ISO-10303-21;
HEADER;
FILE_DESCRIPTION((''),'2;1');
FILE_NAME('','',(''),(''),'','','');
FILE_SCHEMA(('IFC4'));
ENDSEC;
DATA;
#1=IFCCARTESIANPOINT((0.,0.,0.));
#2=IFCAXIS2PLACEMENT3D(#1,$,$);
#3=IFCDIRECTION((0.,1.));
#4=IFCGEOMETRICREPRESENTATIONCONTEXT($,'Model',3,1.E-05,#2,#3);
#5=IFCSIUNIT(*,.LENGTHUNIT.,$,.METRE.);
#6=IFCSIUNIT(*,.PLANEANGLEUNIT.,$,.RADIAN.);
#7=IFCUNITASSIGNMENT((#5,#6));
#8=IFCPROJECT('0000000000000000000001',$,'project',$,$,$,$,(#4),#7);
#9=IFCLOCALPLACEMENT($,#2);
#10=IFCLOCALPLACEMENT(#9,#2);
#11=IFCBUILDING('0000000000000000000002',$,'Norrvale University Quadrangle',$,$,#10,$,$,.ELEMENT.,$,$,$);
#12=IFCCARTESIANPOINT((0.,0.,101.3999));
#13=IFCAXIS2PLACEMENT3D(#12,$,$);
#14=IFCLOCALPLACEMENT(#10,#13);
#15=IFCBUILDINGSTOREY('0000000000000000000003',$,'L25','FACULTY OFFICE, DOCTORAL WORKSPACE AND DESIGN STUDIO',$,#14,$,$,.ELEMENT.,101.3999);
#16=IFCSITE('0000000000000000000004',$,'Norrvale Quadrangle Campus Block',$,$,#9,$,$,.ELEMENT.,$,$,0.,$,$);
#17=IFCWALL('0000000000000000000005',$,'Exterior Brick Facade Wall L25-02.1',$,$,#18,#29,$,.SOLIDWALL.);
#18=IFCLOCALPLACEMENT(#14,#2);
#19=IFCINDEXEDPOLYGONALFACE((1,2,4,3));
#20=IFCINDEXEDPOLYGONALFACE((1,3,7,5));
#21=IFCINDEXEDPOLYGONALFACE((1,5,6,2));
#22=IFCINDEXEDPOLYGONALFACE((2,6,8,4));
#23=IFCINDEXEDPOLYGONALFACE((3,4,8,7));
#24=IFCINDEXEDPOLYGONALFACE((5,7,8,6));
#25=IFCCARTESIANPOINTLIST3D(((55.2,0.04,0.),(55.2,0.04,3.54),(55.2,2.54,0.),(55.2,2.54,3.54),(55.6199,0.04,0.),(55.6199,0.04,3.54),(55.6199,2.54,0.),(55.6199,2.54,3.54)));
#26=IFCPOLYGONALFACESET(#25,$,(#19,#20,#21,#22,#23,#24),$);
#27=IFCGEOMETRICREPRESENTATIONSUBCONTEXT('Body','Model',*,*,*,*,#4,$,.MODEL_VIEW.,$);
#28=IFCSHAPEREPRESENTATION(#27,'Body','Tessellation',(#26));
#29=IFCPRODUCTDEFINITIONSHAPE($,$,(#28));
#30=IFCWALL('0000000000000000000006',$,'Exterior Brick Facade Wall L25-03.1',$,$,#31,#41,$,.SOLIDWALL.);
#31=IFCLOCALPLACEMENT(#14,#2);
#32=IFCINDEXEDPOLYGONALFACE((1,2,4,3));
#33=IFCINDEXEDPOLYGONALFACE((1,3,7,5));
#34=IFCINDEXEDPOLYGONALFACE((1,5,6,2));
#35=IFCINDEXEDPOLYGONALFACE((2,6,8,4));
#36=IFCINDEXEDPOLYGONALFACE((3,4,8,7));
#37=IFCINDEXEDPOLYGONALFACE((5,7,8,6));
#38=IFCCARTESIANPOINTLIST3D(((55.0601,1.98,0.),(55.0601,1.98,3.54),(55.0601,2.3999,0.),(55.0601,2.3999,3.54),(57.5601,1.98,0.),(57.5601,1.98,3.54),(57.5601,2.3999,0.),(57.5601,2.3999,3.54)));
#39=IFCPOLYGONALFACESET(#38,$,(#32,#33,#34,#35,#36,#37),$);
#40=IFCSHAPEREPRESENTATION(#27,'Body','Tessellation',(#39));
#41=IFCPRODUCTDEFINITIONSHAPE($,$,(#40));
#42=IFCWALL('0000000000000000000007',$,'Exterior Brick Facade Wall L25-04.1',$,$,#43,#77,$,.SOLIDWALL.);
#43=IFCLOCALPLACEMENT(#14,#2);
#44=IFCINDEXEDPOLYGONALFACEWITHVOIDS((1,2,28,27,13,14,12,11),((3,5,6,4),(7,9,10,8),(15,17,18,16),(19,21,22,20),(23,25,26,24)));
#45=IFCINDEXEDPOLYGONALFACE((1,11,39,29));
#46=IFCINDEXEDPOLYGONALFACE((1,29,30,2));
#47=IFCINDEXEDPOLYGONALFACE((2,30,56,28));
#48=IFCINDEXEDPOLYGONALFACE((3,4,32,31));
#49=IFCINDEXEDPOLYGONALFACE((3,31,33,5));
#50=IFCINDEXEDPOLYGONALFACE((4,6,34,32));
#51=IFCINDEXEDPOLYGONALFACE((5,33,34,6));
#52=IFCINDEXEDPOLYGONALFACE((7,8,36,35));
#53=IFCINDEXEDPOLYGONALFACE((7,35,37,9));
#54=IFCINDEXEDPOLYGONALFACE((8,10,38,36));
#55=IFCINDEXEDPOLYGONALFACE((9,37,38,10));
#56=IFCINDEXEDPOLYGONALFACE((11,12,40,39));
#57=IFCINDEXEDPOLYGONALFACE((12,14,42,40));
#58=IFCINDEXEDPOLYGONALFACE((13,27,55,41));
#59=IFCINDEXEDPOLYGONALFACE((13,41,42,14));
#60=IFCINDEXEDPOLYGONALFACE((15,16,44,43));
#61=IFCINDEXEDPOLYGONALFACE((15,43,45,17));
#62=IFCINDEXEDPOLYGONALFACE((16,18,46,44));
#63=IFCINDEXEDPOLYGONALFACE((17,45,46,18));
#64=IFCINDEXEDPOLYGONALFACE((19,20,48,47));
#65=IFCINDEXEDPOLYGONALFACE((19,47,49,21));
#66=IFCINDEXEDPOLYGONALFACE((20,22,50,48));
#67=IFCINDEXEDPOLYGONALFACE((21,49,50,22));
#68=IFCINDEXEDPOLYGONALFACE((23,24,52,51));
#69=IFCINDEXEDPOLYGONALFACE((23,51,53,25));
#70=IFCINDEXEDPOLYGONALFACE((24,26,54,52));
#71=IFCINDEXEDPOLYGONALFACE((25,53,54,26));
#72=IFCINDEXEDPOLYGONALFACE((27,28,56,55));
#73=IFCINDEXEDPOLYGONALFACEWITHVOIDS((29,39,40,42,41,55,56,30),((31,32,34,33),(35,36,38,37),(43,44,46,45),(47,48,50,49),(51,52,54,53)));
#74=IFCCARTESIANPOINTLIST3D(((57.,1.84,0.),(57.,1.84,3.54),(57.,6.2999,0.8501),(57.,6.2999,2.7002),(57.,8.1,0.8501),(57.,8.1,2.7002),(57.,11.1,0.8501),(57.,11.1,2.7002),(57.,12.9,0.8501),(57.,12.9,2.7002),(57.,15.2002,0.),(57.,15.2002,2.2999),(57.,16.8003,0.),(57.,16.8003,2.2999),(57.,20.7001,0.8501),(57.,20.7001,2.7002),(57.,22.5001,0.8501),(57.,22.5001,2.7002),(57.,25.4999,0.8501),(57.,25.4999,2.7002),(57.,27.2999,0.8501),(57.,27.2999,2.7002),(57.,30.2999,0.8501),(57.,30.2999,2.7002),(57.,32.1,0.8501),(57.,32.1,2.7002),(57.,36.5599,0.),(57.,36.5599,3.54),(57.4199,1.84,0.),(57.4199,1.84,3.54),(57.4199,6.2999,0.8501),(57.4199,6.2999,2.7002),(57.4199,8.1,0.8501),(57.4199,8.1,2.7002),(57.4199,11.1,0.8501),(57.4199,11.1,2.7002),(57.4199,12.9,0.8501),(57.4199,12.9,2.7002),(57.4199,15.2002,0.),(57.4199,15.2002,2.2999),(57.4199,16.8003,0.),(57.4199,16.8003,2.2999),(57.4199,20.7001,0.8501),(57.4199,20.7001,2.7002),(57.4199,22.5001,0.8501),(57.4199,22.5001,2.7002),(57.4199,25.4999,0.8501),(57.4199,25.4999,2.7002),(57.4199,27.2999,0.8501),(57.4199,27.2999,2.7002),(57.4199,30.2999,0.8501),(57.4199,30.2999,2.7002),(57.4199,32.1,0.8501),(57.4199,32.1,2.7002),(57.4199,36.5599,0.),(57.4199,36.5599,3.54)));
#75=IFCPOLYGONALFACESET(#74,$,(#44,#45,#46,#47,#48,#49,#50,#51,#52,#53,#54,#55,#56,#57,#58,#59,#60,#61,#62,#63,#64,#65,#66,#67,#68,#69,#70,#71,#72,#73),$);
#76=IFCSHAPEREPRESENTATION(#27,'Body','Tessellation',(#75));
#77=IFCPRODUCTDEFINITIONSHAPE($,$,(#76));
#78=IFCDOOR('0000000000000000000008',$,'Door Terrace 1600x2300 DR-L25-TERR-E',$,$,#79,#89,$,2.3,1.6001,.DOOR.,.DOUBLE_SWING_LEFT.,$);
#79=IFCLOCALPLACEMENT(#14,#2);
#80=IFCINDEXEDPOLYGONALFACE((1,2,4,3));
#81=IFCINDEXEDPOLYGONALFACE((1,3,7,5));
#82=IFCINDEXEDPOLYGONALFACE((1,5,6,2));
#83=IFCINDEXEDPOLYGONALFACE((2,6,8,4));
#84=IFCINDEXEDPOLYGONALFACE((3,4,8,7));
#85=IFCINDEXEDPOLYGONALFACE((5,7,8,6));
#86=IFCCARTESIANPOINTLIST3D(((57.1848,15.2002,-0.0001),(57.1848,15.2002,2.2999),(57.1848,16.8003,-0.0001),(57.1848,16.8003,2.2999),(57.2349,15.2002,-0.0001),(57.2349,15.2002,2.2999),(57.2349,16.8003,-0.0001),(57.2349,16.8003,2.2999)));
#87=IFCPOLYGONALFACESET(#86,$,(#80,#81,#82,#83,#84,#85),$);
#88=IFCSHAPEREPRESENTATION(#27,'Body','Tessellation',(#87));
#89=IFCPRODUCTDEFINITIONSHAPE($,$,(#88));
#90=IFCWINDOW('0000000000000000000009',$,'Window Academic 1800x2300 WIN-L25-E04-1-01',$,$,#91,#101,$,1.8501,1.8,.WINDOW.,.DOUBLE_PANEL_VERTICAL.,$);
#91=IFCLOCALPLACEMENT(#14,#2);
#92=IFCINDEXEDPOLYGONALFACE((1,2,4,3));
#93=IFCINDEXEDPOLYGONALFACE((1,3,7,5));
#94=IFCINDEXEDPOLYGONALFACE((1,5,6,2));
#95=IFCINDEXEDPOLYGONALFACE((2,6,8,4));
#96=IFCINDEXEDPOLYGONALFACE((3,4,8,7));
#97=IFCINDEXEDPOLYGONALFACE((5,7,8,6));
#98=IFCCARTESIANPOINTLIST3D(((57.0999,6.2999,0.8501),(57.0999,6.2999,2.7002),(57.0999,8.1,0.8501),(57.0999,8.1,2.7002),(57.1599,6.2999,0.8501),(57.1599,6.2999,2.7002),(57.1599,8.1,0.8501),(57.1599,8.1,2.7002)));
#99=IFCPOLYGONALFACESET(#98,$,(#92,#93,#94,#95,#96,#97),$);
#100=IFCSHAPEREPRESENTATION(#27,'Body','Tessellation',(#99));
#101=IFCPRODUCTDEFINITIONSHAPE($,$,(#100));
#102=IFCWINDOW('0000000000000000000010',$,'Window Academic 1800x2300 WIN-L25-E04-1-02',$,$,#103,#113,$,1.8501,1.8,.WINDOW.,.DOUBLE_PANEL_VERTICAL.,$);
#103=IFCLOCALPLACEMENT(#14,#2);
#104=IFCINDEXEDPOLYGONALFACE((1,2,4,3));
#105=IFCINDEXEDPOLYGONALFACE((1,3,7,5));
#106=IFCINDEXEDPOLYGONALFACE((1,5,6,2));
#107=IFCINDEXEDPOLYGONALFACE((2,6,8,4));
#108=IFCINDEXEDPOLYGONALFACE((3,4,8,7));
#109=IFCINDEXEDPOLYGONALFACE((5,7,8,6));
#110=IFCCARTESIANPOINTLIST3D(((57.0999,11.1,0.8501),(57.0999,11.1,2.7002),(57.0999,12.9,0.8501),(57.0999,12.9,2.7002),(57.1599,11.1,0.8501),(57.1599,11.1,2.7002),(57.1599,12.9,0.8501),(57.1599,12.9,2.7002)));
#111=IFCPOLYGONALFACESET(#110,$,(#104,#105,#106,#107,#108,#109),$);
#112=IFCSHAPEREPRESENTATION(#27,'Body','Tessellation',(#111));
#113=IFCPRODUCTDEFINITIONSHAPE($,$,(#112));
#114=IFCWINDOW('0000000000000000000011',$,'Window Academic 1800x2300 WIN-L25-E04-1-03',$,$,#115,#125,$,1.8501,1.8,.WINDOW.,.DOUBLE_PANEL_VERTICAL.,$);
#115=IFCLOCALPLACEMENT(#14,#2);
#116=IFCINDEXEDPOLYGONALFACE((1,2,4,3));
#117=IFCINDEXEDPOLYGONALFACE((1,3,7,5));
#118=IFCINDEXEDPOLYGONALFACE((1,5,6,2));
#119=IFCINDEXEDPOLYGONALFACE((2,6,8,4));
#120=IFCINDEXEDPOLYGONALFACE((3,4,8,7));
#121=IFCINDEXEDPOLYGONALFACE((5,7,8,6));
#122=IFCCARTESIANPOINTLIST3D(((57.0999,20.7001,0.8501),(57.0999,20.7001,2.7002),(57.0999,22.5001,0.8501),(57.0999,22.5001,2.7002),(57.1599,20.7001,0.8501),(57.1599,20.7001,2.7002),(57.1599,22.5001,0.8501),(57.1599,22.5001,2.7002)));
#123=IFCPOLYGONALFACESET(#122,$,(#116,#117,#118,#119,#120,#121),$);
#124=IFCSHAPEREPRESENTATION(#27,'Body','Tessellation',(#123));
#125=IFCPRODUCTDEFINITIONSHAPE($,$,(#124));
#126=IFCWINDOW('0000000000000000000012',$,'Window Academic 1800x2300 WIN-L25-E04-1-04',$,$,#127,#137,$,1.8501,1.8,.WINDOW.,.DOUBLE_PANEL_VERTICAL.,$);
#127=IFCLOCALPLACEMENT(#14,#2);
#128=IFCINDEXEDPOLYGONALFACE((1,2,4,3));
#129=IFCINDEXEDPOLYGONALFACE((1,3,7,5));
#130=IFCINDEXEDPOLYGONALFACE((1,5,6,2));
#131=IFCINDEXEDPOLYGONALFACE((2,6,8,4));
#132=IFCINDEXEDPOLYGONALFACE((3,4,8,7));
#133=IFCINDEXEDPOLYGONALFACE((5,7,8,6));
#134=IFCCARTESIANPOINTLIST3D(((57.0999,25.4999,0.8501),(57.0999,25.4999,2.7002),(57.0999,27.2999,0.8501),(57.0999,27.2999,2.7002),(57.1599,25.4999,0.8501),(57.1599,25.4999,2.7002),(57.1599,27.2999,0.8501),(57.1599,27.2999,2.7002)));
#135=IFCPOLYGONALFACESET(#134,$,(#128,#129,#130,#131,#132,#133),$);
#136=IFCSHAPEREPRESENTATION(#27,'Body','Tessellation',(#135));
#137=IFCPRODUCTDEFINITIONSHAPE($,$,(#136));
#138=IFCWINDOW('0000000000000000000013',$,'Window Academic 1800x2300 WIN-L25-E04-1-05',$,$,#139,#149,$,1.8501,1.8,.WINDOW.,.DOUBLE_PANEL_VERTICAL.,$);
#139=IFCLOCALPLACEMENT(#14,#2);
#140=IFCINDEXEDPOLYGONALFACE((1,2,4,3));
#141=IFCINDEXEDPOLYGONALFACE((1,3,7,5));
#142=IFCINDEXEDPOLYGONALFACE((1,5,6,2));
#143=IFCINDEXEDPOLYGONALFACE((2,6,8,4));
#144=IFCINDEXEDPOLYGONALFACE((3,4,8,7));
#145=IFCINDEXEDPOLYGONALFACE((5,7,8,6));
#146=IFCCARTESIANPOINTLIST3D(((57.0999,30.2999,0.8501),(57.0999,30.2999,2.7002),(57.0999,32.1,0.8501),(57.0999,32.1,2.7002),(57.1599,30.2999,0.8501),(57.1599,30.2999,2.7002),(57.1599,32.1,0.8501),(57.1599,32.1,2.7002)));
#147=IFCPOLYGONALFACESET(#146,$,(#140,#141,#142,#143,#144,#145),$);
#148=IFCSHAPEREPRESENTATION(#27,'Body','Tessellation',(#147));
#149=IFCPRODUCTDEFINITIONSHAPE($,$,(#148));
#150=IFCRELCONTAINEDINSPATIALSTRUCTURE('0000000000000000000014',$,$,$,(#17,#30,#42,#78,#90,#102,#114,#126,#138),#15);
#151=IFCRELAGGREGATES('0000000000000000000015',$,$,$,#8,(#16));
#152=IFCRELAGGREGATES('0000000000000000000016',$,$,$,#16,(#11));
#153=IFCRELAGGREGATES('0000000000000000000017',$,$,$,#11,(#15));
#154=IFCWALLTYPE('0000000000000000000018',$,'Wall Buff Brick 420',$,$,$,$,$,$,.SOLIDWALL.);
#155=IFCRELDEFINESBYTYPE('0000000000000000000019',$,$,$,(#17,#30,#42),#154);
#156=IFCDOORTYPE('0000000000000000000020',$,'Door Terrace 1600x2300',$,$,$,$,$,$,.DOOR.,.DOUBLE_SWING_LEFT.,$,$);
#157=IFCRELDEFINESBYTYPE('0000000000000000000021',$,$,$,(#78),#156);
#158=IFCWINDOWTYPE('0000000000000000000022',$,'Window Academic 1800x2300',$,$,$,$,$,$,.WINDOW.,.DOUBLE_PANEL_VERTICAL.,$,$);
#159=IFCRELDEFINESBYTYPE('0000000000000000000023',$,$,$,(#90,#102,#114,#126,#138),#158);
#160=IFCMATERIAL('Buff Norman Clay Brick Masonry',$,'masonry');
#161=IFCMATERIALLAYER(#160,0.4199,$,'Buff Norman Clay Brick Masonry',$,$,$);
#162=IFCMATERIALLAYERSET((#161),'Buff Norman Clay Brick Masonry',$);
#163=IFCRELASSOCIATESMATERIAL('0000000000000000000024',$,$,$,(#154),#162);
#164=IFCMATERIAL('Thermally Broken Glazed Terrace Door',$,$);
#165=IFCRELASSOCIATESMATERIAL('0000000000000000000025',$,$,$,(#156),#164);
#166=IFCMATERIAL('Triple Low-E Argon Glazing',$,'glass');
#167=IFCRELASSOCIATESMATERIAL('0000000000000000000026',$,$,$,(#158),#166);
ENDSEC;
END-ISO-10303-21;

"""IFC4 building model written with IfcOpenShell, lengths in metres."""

from ifc_helpers import new_model, si_unit, direction, frame, frame_2d, origin, place, context, subcontext, project, spatial, rectangle, extrude, material, layer, layer_set, type_object, element, fill, save


model = new_model("IFC4")

# Units and contexts
model_context = context("Model", 3, precision=1e-05, world=origin(), true_north=direction((0.0, 1.0)))
body_context = subcontext(model_context, "Body", "Model", "MODEL_VIEW")
ifc_project = project(units=[si_unit("LENGTHUNIT", "METRE"), si_unit("PLANEANGLEUNIT", "RADIAN")], contexts=[model_context])

# Site, building, storey
site_placement = place(None, origin())
site = spatial("IfcSite", under=ifc_project, at=site_placement, Name="Norrvale Quadrangle Campus Block", CompositionType="ELEMENT", RefElevation=0.0)
building_placement = place(site_placement, origin())
building = spatial("IfcBuilding", under=site, at=building_placement, Name="Norrvale University Quadrangle", CompositionType="ELEMENT")
storey_placement = place(building_placement, frame((0.0, 0.0, 101.3999)))
storey = spatial("IfcBuildingStorey", under=building, at=storey_placement, Name="L25", Description="FACULTY OFFICE, DOCTORAL WORKSPACE AND DESIGN STUDIO", CompositionType="ELEMENT", Elevation=101.3999)

# Walls
ifc_material_1 = material(Name="Buff Norman Clay Brick Masonry", Category="masonry")
ifc_layer_1 = layer(ifc_material_1, 0.4199, Name="Buff Norman Clay Brick Masonry")
ifc_layer_set_1 = layer_set([ifc_layer_1], Name="Buff Norman Clay Brick Masonry")
wall_type_1 = type_object("IfcWallType", Name="Wall Buff Brick 420", PredefinedType="SOLIDWALL", material=ifc_layer_set_1)
for number, where, z_axis, x_axis, name in (
    (1, (55.4099, 0.04, 0.0), (0.0, 0.0, 1.0), (0.0, 1.0, 0.0), "Exterior Brick Facade Wall L25-02.1"),
    (2, (55.0601, 2.1899, 0.0), (0.0, 0.0, 1.0), (1.0, 0.0, 0.0), "Exterior Brick Facade Wall L25-03.1"),
):
    element("IfcWall", number, at=place(storey_placement, frame(where, z_axis=z_axis, x_axis=x_axis)), inside=storey, type_object=wall_type_1, Name=name, PredefinedType="SOLIDWALL", context=body_context, shape_type="SweptSolid", body=[
        extrude(rectangle(XDim=2.5, YDim=0.4199, at=frame_2d((1.25, 0.0))), origin(), (0.0, 0.0, 1.0), 3.54),
    ])

# Wall, openings, door, windows
wall_1_placement = place(storey_placement, frame((57.21, 1.8401, 0.0), z_axis=(0.0, 0.0, 1.0), x_axis=(0.0, 1.0, 0.0)))
wall_1 = element("IfcWall", 3, at=wall_1_placement, inside=storey, type_object=wall_type_1, Name="Exterior Brick Facade Wall L25-04.1", PredefinedType="SOLIDWALL", context=body_context, shape_type="SweptSolid", body=[
    extrude(rectangle(XDim=34.72, YDim=0.4199, at=frame_2d((17.3599, 0.0))), origin(), (0.0, 0.0, 1.0), 3.54),
])
opening_1_placement = place(wall_1_placement, frame((13.3601, 0.0, 0.0)))
opening_1 = element("IfcOpeningElement", 4, at=opening_1_placement, cuts=wall_1, PredefinedType="OPENING", context=body_context, shape_type="SweptSolid", body=[
    extrude(rectangle(XDim=1.6001, YDim=2.3, at=frame_2d((0.8, 1.1499))), frame((0.0, 0.2219, 0.0), z_axis=(0.0, -1.0, 0.0), x_axis=(1.0, 0.0, 0.0)), (0.0, 0.0, 1.0), 0.4438),
])
opening_2_placement = place(wall_1_placement, frame((4.46, 0.0, 0.8501)))
opening_2 = element("IfcOpeningElement", 5, at=opening_2_placement, cuts=wall_1, PredefinedType="OPENING", context=body_context, shape_type="SweptSolid", body=[
    extrude(rectangle(XDim=1.8, YDim=1.8501, at=frame_2d((0.8999, 0.925))), frame((0.0, 0.2219, 0.0), z_axis=(0.0, -1.0, 0.0), x_axis=(1.0, 0.0, 0.0)), (0.0, 0.0, 1.0), 0.4438),
])
opening_3_placement = place(wall_1_placement, frame((9.26, 0.0, 0.8501)))
opening_3 = element("IfcOpeningElement", 6, at=opening_3_placement, cuts=wall_1, PredefinedType="OPENING", context=body_context, shape_type="SweptSolid", body=[
    extrude(rectangle(XDim=1.8, YDim=1.8501, at=frame_2d((0.8999, 0.925))), frame((0.0, 0.2219, 0.0), z_axis=(0.0, -1.0, 0.0), x_axis=(1.0, 0.0, 0.0)), (0.0, 0.0, 1.0), 0.4438),
])
opening_4_placement = place(wall_1_placement, frame((18.8601, 0.0, 0.8501)))
opening_4 = element("IfcOpeningElement", 7, at=opening_4_placement, cuts=wall_1, PredefinedType="OPENING", context=body_context, shape_type="SweptSolid", body=[
    extrude(rectangle(XDim=1.8, YDim=1.8501, at=frame_2d((0.8999, 0.925))), frame((0.0, 0.2219, 0.0), z_axis=(0.0, -1.0, 0.0), x_axis=(1.0, 0.0, 0.0)), (0.0, 0.0, 1.0), 0.4438),
])
opening_5_placement = place(wall_1_placement, frame((23.6599, 0.0, 0.8501)))
opening_5 = element("IfcOpeningElement", 8, at=opening_5_placement, cuts=wall_1, PredefinedType="OPENING", context=body_context, shape_type="SweptSolid", body=[
    extrude(rectangle(XDim=1.8, YDim=1.8501, at=frame_2d((0.8999, 0.925))), frame((0.0, 0.2219, 0.0), z_axis=(0.0, -1.0, 0.0), x_axis=(1.0, 0.0, 0.0)), (0.0, 0.0, 1.0), 0.4438),
])
opening_6_placement = place(wall_1_placement, frame((28.46, 0.0, 0.8501)))
opening_6 = element("IfcOpeningElement", 9, at=opening_6_placement, cuts=wall_1, PredefinedType="OPENING", context=body_context, shape_type="SweptSolid", body=[
    extrude(rectangle(XDim=1.8, YDim=1.8501, at=frame_2d((0.8999, 0.925))), frame((0.0, 0.2219, 0.0), z_axis=(0.0, -1.0, 0.0), x_axis=(1.0, 0.0, 0.0)), (0.0, 0.0, 1.0), 0.4438),
])
ifc_material_2 = material(Name="Thermally Broken Glazed Terrace Door")
door_type_1 = type_object("IfcDoorType", Name="Door Terrace 1600x2300", OperationType="DOUBLE_SWING_LEFT", PredefinedType="DOOR", material=ifc_material_2)
door_1_placement = place(opening_1_placement, frame((1.6001, 0.0, 0.0), z_axis=(0.0, 0.0, 1.0), x_axis=(-1.0, 0.0, 0.0)))
door_1 = element("IfcDoor", 10, at=door_1_placement, inside=storey, type_object=door_type_1, Name="Door Terrace 1600x2300 DR-L25-TERR-E", OperationType="DOUBLE_SWING_LEFT", OverallHeight=2.3, OverallWidth=1.6001, PredefinedType="DOOR", context=body_context, shape_type="SweptSolid", body=[
    extrude(rectangle(XDim=1.6001, YDim=2.3, at=frame_2d((0.8, 1.1499))), frame((0.0, 0.0249, 0.0), z_axis=(0.0, -1.0, 0.0), x_axis=(1.0, 0.0, 0.0)), (0.0, 0.0, 1.0), 0.05),
])
fill(opening_1, door_1)
ifc_material_3 = material(Name="Triple Low-E Argon Glazing", Category="glass")
window_type = type_object("IfcWindowType", Name="Window Academic 1800x2300", PartitioningType="DOUBLE_PANEL_VERTICAL", PredefinedType="WINDOW", material=ifc_material_3)
window_1_placement = place(opening_2_placement, origin())
window_1 = element("IfcWindow", 11, at=window_1_placement, inside=storey, type_object=window_type, Name="Window Academic 1800x2300 WIN-L25-E04-1-01", OverallHeight=1.8501, OverallWidth=1.8, PartitioningType="DOUBLE_PANEL_VERTICAL", PredefinedType="WINDOW", context=body_context, shape_type="SweptSolid", body=[
    extrude(rectangle(XDim=1.8, YDim=1.8501, at=frame_2d((0.8999, 0.925))), frame((0.0, 0.1101, 0.0), z_axis=(0.0, -1.0, 0.0), x_axis=(1.0, 0.0, 0.0)), (0.0, 0.0, 1.0), 0.0601),
])
fill(opening_2, window_1)
window_2_placement = place(opening_3_placement, origin())
window_2 = element("IfcWindow", 12, at=window_2_placement, inside=storey, type_object=window_type, Name="Window Academic 1800x2300 WIN-L25-E04-1-02", OverallHeight=1.8501, OverallWidth=1.8, PartitioningType="DOUBLE_PANEL_VERTICAL", PredefinedType="WINDOW", context=body_context, shape_type="SweptSolid", body=[
    extrude(rectangle(XDim=1.8, YDim=1.8501, at=frame_2d((0.8999, 0.925))), frame((0.0, 0.1101, 0.0), z_axis=(0.0, -1.0, 0.0), x_axis=(1.0, 0.0, 0.0)), (0.0, 0.0, 1.0), 0.0601),
])
fill(opening_3, window_2)
window_3_placement = place(opening_4_placement, origin())
window_3 = element("IfcWindow", 13, at=window_3_placement, inside=storey, type_object=window_type, Name="Window Academic 1800x2300 WIN-L25-E04-1-03", OverallHeight=1.8501, OverallWidth=1.8, PartitioningType="DOUBLE_PANEL_VERTICAL", PredefinedType="WINDOW", context=body_context, shape_type="SweptSolid", body=[
    extrude(rectangle(XDim=1.8, YDim=1.8501, at=frame_2d((0.8999, 0.925))), frame((0.0, 0.1101, 0.0), z_axis=(0.0, -1.0, 0.0), x_axis=(1.0, 0.0, 0.0)), (0.0, 0.0, 1.0), 0.0601),
])
fill(opening_4, window_3)
window_4_placement = place(opening_5_placement, origin())
window_4 = element("IfcWindow", 14, at=window_4_placement, inside=storey, type_object=window_type, Name="Window Academic 1800x2300 WIN-L25-E04-1-04", OverallHeight=1.8501, OverallWidth=1.8, PartitioningType="DOUBLE_PANEL_VERTICAL", PredefinedType="WINDOW", context=body_context, shape_type="SweptSolid", body=[
    extrude(rectangle(XDim=1.8, YDim=1.8501, at=frame_2d((0.8999, 0.925))), frame((0.0, 0.1101, 0.0), z_axis=(0.0, -1.0, 0.0), x_axis=(1.0, 0.0, 0.0)), (0.0, 0.0, 1.0), 0.0601),
])
fill(opening_5, window_4)
window_5_placement = place(opening_6_placement, origin())
window_5 = element("IfcWindow", 15, at=window_5_placement, inside=storey, type_object=window_type, Name="Window Academic 1800x2300 WIN-L25-E04-1-05", OverallHeight=1.8501, OverallWidth=1.8, PartitioningType="DOUBLE_PANEL_VERTICAL", PredefinedType="WINDOW", context=body_context, shape_type="SweptSolid", body=[
    extrude(rectangle(XDim=1.8, YDim=1.8501, at=frame_2d((0.8999, 0.925))), frame((0.0, 0.1101, 0.0), z_axis=(0.0, -1.0, 0.0), x_axis=(1.0, 0.0, 0.0)), (0.0, 0.0, 1.0), 0.0601),
])
fill(opening_6, window_5)

save(model, "model.ifc")
